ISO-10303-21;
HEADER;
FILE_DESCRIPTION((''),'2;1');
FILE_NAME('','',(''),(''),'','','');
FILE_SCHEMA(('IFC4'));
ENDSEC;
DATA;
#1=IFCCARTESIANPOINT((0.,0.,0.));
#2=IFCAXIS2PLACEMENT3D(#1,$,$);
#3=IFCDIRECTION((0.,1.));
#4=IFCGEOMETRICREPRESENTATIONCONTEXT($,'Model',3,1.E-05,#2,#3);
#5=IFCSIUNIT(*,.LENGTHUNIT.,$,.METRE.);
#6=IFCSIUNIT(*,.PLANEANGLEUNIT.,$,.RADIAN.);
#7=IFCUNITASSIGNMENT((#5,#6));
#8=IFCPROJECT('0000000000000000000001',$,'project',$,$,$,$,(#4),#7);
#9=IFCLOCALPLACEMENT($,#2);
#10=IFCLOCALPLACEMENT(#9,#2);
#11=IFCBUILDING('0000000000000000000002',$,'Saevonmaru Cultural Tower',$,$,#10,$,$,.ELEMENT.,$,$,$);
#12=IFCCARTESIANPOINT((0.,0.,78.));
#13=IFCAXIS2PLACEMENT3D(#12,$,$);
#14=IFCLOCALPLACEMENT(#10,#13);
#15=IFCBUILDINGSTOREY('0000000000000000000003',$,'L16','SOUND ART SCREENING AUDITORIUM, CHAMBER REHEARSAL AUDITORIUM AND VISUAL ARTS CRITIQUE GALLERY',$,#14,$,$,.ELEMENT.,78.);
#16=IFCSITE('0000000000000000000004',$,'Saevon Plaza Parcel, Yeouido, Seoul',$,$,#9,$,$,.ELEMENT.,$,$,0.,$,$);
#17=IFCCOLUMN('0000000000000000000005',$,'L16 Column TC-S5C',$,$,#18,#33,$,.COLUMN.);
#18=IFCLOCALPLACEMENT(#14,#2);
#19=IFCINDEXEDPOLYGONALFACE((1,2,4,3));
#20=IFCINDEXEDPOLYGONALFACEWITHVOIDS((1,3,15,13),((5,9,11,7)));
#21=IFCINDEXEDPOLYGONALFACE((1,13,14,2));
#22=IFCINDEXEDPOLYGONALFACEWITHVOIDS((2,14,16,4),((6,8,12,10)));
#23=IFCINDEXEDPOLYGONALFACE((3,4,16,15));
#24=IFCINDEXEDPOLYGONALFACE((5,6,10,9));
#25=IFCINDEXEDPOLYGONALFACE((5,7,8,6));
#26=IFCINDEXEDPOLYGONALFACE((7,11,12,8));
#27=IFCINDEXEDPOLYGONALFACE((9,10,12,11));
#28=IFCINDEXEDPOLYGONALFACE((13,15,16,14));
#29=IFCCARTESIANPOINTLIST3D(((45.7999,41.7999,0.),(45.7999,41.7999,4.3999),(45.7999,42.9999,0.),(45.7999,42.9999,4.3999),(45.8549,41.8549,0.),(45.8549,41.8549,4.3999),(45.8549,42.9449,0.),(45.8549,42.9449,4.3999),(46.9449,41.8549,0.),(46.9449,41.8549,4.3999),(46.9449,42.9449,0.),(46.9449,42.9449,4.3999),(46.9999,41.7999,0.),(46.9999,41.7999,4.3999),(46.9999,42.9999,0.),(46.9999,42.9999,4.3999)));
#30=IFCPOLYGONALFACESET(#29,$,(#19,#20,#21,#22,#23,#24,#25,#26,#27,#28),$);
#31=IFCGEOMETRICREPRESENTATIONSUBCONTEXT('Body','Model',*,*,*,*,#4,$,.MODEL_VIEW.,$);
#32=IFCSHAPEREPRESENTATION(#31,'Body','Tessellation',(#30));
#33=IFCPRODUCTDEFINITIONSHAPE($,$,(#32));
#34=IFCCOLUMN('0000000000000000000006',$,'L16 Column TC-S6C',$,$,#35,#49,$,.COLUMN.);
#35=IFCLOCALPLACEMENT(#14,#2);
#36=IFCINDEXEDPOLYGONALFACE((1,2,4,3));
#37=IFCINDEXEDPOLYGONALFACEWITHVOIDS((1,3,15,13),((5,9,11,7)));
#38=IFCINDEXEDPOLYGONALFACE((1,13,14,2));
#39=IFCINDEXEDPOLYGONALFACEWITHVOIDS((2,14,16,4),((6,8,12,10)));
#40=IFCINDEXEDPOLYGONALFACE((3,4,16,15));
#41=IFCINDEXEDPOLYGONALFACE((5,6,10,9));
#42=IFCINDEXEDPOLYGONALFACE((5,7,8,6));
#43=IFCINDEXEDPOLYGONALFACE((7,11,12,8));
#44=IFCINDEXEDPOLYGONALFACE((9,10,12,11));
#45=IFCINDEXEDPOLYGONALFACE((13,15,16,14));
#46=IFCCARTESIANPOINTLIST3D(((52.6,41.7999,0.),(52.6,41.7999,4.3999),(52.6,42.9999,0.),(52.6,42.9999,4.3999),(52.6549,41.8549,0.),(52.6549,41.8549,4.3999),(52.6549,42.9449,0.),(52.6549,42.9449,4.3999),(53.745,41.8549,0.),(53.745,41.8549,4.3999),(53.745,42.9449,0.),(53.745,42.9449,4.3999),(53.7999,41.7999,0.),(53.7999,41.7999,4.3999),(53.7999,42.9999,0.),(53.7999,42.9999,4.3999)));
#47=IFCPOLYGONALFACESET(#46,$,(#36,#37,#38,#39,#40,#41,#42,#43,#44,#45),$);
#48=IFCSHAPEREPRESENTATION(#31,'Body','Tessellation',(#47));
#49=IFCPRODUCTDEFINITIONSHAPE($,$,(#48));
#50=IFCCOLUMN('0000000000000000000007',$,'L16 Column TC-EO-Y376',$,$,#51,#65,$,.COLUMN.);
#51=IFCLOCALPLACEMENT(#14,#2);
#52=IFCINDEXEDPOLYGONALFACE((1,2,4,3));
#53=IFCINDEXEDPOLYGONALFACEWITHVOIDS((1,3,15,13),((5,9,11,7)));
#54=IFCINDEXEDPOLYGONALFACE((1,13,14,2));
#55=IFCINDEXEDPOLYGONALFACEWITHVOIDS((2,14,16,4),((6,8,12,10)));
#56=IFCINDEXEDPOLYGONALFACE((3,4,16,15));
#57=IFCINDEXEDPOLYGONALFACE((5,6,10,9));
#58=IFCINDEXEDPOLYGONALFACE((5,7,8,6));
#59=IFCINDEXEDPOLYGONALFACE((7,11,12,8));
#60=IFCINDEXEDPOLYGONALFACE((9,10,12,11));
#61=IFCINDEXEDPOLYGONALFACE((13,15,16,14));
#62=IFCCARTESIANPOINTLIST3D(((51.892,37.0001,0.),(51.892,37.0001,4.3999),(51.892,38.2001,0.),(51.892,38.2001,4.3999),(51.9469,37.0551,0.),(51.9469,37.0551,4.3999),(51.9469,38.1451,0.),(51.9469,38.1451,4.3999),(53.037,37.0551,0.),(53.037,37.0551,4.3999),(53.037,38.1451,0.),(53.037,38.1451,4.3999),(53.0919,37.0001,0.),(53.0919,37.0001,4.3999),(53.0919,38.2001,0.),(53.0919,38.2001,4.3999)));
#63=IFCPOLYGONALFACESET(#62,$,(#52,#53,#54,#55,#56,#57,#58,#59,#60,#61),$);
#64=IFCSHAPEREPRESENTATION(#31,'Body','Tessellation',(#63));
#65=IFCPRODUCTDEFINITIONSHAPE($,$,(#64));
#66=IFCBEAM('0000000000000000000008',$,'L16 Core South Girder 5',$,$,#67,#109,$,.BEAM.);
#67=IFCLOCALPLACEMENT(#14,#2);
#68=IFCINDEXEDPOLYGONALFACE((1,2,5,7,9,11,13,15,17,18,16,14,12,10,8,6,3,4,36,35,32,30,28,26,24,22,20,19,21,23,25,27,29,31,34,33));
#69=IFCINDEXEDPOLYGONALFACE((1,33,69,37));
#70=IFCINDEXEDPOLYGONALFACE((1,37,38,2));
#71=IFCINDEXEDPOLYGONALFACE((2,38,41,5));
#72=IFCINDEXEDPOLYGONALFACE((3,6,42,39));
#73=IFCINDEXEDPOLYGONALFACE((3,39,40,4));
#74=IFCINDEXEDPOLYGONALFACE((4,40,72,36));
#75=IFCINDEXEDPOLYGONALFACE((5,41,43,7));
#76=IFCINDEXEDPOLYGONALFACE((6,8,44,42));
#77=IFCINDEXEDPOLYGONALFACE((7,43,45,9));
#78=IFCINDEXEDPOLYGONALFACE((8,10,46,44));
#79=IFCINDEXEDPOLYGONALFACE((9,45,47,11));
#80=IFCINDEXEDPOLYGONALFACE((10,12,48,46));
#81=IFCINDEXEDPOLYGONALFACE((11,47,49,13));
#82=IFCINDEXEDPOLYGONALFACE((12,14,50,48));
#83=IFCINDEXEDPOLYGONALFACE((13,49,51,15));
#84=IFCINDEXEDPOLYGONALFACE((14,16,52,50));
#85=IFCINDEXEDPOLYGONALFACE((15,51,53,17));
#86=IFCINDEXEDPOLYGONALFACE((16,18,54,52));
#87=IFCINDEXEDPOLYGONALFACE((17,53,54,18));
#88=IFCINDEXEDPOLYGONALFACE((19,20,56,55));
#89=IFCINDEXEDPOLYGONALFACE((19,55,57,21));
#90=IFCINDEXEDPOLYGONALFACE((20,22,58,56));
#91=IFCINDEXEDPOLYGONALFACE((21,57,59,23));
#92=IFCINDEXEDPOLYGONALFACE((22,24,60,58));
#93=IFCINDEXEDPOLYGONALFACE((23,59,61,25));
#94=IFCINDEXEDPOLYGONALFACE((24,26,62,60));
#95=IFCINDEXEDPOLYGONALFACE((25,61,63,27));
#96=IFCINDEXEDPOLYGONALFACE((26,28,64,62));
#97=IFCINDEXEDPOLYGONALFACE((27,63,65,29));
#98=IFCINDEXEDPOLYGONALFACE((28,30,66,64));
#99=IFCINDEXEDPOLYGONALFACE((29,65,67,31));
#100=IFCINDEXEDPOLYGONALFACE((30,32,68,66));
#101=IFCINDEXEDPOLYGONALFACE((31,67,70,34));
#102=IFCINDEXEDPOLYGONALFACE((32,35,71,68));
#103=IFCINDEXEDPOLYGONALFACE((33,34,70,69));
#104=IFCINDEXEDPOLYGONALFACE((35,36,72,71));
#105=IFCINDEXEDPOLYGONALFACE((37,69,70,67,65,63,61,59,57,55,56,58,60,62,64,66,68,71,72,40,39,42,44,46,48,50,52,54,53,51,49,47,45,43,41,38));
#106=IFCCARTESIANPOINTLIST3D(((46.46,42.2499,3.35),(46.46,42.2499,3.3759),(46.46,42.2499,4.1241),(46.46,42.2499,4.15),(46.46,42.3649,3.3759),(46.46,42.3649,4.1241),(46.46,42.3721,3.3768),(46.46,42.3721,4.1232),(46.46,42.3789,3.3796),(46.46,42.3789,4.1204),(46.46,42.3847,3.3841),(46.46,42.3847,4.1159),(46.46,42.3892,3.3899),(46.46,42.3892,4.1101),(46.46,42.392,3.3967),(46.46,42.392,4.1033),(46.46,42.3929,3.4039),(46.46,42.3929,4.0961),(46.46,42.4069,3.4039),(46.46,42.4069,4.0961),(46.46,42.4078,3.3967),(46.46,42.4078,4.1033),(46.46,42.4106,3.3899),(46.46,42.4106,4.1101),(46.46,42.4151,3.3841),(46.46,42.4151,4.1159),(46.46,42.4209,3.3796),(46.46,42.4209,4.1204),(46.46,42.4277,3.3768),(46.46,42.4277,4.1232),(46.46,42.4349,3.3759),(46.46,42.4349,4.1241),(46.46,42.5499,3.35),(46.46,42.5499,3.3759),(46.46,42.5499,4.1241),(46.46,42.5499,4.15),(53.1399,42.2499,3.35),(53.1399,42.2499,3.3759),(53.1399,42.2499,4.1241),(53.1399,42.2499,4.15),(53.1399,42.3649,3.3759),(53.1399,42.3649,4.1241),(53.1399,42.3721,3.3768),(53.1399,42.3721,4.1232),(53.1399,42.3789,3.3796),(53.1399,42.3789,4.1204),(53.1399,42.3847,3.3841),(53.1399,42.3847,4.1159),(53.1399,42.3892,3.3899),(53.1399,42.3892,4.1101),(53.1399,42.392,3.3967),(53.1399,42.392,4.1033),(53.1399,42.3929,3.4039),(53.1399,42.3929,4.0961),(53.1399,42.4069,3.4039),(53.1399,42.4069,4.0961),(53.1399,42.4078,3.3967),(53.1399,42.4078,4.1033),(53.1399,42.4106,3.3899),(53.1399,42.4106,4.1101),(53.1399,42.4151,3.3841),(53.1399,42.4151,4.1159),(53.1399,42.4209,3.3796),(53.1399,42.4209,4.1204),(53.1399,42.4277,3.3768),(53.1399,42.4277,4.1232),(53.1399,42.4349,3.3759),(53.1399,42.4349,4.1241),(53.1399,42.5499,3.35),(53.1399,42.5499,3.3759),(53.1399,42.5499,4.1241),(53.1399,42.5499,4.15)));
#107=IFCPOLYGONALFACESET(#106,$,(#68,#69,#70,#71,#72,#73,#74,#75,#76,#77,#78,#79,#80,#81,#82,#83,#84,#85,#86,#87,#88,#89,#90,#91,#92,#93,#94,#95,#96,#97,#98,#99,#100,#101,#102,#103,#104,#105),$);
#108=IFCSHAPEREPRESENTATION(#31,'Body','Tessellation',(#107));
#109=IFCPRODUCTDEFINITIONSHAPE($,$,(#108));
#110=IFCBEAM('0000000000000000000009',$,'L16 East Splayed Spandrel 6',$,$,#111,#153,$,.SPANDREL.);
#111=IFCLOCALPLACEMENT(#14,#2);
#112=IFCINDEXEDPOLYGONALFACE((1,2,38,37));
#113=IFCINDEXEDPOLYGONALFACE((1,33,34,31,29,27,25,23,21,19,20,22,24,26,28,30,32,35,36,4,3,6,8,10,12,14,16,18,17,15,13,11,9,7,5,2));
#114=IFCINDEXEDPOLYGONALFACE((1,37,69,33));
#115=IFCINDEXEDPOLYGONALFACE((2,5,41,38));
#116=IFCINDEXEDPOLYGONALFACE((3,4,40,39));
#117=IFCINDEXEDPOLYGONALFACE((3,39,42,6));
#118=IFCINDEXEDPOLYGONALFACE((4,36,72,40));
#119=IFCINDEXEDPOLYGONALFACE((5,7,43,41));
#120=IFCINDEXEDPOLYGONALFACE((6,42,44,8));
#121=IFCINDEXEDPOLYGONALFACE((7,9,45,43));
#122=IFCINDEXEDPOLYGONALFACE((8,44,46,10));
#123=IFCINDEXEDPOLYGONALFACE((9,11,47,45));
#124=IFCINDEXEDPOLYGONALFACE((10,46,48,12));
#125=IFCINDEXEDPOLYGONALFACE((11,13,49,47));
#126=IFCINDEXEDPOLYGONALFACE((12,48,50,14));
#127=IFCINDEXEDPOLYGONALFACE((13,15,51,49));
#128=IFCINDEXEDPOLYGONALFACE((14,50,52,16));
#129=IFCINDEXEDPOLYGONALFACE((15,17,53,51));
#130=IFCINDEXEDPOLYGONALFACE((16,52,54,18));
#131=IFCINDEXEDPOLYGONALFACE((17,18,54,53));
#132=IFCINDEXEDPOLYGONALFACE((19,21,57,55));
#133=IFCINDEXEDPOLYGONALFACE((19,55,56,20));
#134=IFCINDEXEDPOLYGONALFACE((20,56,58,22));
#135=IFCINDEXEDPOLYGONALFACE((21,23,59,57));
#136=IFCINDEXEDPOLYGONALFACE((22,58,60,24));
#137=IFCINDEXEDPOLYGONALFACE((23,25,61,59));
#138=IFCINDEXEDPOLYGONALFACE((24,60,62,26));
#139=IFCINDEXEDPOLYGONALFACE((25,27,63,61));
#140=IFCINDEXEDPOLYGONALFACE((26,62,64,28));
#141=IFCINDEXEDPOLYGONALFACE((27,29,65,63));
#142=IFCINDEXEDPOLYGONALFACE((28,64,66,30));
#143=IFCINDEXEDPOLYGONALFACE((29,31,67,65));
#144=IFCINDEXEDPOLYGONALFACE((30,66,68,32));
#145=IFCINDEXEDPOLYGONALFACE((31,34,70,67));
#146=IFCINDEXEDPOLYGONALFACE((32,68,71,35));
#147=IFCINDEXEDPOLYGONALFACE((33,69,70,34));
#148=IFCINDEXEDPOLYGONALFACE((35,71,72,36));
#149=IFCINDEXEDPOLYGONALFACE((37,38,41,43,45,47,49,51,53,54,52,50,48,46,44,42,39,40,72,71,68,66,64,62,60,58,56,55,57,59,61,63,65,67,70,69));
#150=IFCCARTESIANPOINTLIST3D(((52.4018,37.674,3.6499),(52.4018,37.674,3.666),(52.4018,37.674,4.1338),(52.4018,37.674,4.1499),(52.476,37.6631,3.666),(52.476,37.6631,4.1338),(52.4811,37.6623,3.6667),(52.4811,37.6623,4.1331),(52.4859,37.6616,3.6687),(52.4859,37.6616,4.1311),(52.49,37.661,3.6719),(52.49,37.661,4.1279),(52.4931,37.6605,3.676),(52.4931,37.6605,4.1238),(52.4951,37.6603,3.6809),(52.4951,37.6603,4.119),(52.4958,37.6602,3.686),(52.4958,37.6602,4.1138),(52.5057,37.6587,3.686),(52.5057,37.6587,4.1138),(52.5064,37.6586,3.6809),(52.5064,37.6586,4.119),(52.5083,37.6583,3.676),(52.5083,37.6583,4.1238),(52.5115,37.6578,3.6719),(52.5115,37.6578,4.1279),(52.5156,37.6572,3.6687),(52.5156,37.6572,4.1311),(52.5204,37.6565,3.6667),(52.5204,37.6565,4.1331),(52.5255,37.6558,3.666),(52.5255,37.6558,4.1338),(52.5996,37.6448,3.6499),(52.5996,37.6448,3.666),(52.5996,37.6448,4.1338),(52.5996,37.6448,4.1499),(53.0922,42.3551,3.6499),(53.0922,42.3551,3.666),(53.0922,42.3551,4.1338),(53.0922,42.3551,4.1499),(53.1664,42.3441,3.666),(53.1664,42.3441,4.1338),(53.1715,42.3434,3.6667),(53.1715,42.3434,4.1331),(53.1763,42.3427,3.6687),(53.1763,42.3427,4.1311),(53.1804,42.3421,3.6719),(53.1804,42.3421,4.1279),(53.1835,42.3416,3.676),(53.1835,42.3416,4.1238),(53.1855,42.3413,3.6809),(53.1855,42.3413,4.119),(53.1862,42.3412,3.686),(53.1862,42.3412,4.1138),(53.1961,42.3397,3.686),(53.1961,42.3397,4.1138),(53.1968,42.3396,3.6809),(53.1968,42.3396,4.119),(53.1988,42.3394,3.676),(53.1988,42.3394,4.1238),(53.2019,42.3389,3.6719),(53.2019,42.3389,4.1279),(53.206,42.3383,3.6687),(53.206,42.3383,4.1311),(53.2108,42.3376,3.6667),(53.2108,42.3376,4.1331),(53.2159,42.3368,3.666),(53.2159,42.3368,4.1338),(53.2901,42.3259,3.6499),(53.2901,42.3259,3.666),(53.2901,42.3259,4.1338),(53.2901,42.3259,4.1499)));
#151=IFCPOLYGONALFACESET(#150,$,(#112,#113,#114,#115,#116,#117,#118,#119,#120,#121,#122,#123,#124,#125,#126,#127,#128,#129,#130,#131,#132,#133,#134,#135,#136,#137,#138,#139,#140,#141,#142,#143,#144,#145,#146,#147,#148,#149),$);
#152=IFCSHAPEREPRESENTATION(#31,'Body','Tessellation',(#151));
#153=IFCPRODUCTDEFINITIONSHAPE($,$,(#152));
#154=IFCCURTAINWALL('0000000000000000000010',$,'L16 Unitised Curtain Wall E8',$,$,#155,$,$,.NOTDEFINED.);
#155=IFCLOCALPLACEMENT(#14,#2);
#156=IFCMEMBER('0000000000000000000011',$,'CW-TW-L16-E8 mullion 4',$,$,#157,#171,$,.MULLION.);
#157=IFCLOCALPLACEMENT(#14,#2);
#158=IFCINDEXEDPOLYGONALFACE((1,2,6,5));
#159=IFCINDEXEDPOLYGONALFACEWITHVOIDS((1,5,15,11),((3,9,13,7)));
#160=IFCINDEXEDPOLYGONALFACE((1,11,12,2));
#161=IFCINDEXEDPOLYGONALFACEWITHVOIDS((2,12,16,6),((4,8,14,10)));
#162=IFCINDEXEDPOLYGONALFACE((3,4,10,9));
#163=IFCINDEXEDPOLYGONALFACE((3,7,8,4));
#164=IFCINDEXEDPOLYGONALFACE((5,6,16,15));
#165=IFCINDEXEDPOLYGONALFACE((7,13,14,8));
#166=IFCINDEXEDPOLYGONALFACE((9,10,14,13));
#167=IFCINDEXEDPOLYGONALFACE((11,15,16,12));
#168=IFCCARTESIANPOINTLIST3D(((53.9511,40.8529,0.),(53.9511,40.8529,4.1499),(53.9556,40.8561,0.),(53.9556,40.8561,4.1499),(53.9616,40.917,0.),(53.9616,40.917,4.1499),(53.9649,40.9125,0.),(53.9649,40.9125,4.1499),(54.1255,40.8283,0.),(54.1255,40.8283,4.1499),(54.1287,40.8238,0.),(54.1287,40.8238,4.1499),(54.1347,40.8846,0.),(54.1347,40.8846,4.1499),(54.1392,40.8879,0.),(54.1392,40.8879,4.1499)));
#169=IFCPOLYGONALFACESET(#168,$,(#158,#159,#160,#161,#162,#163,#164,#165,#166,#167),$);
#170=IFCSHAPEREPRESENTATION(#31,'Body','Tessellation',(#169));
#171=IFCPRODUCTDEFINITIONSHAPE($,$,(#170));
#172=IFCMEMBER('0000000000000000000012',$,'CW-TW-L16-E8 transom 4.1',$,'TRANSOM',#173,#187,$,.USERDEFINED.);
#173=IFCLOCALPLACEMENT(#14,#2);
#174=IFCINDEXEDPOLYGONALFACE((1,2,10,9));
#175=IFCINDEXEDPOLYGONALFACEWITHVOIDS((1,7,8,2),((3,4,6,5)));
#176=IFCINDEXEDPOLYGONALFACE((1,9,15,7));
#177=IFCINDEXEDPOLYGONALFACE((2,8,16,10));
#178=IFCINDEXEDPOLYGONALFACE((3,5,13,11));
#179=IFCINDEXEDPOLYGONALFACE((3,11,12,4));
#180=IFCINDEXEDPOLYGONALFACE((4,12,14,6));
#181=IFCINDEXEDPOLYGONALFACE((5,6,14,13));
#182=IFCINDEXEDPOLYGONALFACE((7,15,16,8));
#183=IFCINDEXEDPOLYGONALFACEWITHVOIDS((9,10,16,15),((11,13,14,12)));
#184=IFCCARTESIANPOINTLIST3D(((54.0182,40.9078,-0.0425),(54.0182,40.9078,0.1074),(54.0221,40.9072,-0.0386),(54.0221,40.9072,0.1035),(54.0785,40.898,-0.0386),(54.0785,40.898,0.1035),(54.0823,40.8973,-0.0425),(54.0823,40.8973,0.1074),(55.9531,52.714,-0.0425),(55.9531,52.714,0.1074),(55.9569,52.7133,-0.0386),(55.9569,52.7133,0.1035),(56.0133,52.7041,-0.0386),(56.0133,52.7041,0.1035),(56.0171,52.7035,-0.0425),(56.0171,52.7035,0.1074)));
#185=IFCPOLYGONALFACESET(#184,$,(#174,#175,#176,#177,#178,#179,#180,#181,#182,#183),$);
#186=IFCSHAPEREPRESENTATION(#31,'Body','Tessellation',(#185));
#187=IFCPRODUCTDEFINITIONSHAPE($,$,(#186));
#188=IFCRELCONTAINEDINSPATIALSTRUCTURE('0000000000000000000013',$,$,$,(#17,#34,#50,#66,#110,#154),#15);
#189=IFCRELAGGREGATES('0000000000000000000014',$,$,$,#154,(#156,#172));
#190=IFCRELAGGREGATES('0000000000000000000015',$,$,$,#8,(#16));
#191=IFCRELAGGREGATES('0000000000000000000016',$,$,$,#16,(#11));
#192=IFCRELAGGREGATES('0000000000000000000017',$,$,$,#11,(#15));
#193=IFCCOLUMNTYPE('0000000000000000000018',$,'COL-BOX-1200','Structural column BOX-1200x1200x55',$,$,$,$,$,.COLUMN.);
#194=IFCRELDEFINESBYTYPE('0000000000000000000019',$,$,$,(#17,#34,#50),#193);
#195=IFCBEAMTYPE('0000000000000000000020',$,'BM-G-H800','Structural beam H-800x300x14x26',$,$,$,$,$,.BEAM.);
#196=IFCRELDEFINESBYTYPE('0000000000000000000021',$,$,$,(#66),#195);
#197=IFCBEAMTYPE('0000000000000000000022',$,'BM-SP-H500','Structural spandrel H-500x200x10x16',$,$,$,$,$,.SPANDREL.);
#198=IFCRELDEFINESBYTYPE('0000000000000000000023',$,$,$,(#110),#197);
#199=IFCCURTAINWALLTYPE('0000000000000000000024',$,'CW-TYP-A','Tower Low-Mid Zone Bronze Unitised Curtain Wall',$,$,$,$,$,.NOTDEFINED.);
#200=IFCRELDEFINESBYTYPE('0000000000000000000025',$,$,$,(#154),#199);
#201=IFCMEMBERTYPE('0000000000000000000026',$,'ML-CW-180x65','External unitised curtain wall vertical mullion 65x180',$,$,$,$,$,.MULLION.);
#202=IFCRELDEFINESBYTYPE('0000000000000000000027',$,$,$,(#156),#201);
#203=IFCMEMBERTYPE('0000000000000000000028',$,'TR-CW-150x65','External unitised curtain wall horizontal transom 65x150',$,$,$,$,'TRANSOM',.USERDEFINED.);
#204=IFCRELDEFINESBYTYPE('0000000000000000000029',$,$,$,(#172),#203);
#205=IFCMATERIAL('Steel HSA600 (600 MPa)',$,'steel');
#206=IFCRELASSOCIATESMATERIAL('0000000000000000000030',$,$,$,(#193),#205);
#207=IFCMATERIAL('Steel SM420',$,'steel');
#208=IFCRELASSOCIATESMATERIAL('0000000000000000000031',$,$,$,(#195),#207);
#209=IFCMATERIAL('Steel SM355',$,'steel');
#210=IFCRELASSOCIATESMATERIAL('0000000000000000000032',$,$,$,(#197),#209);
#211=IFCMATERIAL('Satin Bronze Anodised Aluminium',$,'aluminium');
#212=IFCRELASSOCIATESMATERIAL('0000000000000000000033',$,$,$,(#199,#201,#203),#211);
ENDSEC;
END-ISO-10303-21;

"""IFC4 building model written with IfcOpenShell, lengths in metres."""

from ifc_helpers import new_model, si_unit, direction, frame, origin, origin_2d, place, context, subcontext, project, spatial, hollow_rectangle, i_section, extrude, material, material_profile, profile_set, type_object, element, aggregate, save


model = new_model("IFC4")

# Units and contexts
model_context = context("Model", 3, precision=1e-05, world=origin(), true_north=direction((0.0, 1.0)))
body_context = subcontext(model_context, "Body", "Model", "MODEL_VIEW")
ifc_project = project(units=[si_unit("LENGTHUNIT", "METRE"), si_unit("PLANEANGLEUNIT", "RADIAN")], contexts=[model_context])

# Site, building, storey
site_placement = place(None, origin())
site = spatial("IfcSite", under=ifc_project, at=site_placement, Name="Saevon Plaza Parcel, Yeouido, Seoul", CompositionType="ELEMENT", RefElevation=0.0)
building_placement = place(site_placement, origin())
building = spatial("IfcBuilding", under=site, at=building_placement, Name="Saevonmaru Cultural Tower", CompositionType="ELEMENT")
storey_placement = place(building_placement, frame((0.0, 0.0, 78.0)))
storey = spatial("IfcBuildingStorey", under=building, at=storey_placement, Name="L16", Description="SOUND ART SCREENING AUDITORIUM, CHAMBER REHEARSAL AUDITORIUM AND VISUAL ARTS CRITIQUE GALLERY", CompositionType="ELEMENT", Elevation=78.0)

# Columns
ifc_material_1 = material(Name="Steel HSA600 (600 MPa)", Category="steel")
ifc_material_profile_1 = material_profile(ifc_material_1, hollow_rectangle(XDim=1.2, YDim=1.2, WallThickness=0.0549, at=origin_2d()), Name="BOX-1200x1200x55")
ifc_profile_set_1 = profile_set([ifc_material_profile_1], Name="Steel HSA600 (600 MPa)")
column_type = type_object("IfcColumnType", Name="COL-BOX-1200", Description="Structural column BOX-1200x1200x55", PredefinedType="COLUMN", material=ifc_profile_set_1)
for number, where, z_axis, x_axis, name in (
    (1, (46.3999, 42.3999, 0.0), (0.0, 0.0, 1.0), (1.0, 0.0, 0.0), "L16 Column TC-S5C"),
    (2, (53.2, 42.3999, 0.0), (0.0, 0.0, 1.0), (1.0, 0.0, 0.0), "L16 Column TC-S6C"),
    (3, (52.4919, 37.6001, 0.0), (0.0, 0.0, 1.0), (1.0, 0.0, 0.0), "L16 Column TC-EO-Y376"),
):
    element("IfcColumn", number, at=place(storey_placement, frame(where, z_axis=z_axis, x_axis=x_axis)), inside=storey, type_object=column_type, Name=name, PredefinedType="COLUMN", context=body_context, shape_type="SweptSolid", body=[
        extrude(hollow_rectangle(XDim=1.2, YDim=1.2, WallThickness=0.0549, at=origin_2d()), origin(), (0.0, 0.0, 1.0), 4.3999),
    ])

# Beams
ifc_material_2 = material(Name="Steel SM420", Category="steel")
ifc_material_profile_2 = material_profile(ifc_material_2, i_section(OverallWidth=0.3, OverallDepth=0.8, WebThickness=0.0139, FlangeThickness=0.0259, FilletRadius=0.0281, at=origin_2d()), Name="H-800x300x14x26")
ifc_profile_set_2 = profile_set([ifc_material_profile_2], Name="Steel SM420")
beam_type_1 = type_object("IfcBeamType", Name="BM-G-H800", Description="Structural beam H-800x300x14x26", PredefinedType="BEAM", material=ifc_profile_set_2)
beam_1_placement = place(storey_placement, frame((46.46, 42.3999, 3.75), z_axis=(1.0, 0.0, 0.0), x_axis=(0.0, 1.0, 0.0)))
element("IfcBeam", 4, at=beam_1_placement, inside=storey, type_object=beam_type_1, Name="L16 Core South Girder 5", PredefinedType="BEAM", context=body_context, shape_type="SweptSolid", body=[
    extrude(i_section(OverallWidth=0.3, OverallDepth=0.8, WebThickness=0.0139, FlangeThickness=0.0259, FilletRadius=0.0281, at=origin_2d()), origin(), (0.0, 0.0, 1.0), 6.6799),
])
ifc_material_3 = material(Name="Steel SM355", Category="steel")
ifc_material_profile_3 = material_profile(ifc_material_3, i_section(OverallWidth=0.2, OverallDepth=0.5, WebThickness=0.01, FlangeThickness=0.0161, FilletRadius=0.02, at=origin_2d()), Name="H-500x200x10x16")
ifc_profile_set_3 = profile_set([ifc_material_profile_3], Name="Steel SM355")
beam_type_2 = type_object("IfcBeamType", Name="BM-SP-H500", Description="Structural spandrel H-500x200x10x16", PredefinedType="SPANDREL", material=ifc_profile_set_3)
beam_2_placement = place(storey_placement, frame((52.5007, 37.6594, 3.8999), z_axis=(0.145913, 0.989297, 0.0), x_axis=(-0.989297, 0.145913, 0.0)))
element("IfcBeam", 5, at=beam_2_placement, inside=storey, type_object=beam_type_2, Name="L16 East Splayed Spandrel 6", PredefinedType="SPANDREL", context=body_context, shape_type="SweptSolid", body=[
    extrude(i_section(OverallWidth=0.2, OverallDepth=0.5, WebThickness=0.01, FlangeThickness=0.0161, FilletRadius=0.02, at=origin_2d()), origin(), (0.0, 0.0, 1.0), 4.7317),
])

# Curtain wall, members
ifc_material_4 = material(Name="Satin Bronze Anodised Aluminium", Category="aluminium")
curtain_wall_type = type_object("IfcCurtainWallType", Name="CW-TYP-A", Description="Tower Low-Mid Zone Bronze Unitised Curtain Wall", PredefinedType="NOTDEFINED", material=ifc_material_4)
curtain_wall_placement = place(storey_placement, origin())
curtain_wall = element("IfcCurtainWall", 6, at=curtain_wall_placement, inside=storey, type_object=curtain_wall_type, Name="L16 Unitised Curtain Wall E8", PredefinedType="NOTDEFINED")
ifc_material_profile_4 = material_profile(ifc_material_4, hollow_rectangle(XDim=0.0649, YDim=0.1799, WallThickness=0.0039, at=origin_2d()), Name="ALU-MULL-180x65x4")
ifc_profile_set_4 = profile_set([ifc_material_profile_4], Name="Satin Bronze Anodised Aluminium")
member_type_1 = type_object("IfcMemberType", Name="ML-CW-180x65", Description="External unitised curtain wall vertical mullion 65x180", PredefinedType="MULLION", material=ifc_profile_set_4)
member_1_placement = place(storey_placement, frame((54.0452, 40.8704, 0.0), z_axis=(0.0, 0.0, 1.0), x_axis=(0.161709, 0.986839, 0.0)))
member_1 = element("IfcMember", 7, at=member_1_placement, type_object=member_type_1, Name="CW-TW-L16-E8 mullion 4", PredefinedType="MULLION", context=body_context, shape_type="SweptSolid", body=[
    extrude(hollow_rectangle(XDim=0.0649, YDim=0.1799, WallThickness=0.0039, at=origin_2d()), origin(), (0.0, 0.0, 1.0), 4.1499),
])
ifc_material_profile_5 = material_profile(ifc_material_4, hollow_rectangle(XDim=0.0649, YDim=0.1499, WallThickness=0.0039, at=origin_2d()), Name="ALU-TRAN-150x65x4")
ifc_profile_set_5 = profile_set([ifc_material_profile_5], Name="Satin Bronze Anodised Aluminium")
member_type_2 = type_object("IfcMemberType", Name="TR-CW-150x65", Description="External unitised curtain wall horizontal transom 65x150", ElementType="TRANSOM", PredefinedType="USERDEFINED", material=ifc_profile_set_5)
member_2_placement = place(storey_placement, frame((54.0503, 40.9026, 0.0325), z_axis=(0.161725, 0.986836, 0.0), x_axis=(-0.986836, 0.161725, 0.0)))
member_2 = element("IfcMember", 8, at=member_2_placement, type_object=member_type_2, Name="CW-TW-L16-E8 transom 4.1", ObjectType="TRANSOM", PredefinedType="USERDEFINED", context=body_context, shape_type="SweptSolid", body=[
    extrude(hollow_rectangle(XDim=0.0649, YDim=0.1499, WallThickness=0.0039, at=origin_2d()), origin(), (0.0, 0.0, 1.0), 11.9636),
])
aggregate(curtain_wall, [member_1, member_2])

save(model, "model.ifc")
